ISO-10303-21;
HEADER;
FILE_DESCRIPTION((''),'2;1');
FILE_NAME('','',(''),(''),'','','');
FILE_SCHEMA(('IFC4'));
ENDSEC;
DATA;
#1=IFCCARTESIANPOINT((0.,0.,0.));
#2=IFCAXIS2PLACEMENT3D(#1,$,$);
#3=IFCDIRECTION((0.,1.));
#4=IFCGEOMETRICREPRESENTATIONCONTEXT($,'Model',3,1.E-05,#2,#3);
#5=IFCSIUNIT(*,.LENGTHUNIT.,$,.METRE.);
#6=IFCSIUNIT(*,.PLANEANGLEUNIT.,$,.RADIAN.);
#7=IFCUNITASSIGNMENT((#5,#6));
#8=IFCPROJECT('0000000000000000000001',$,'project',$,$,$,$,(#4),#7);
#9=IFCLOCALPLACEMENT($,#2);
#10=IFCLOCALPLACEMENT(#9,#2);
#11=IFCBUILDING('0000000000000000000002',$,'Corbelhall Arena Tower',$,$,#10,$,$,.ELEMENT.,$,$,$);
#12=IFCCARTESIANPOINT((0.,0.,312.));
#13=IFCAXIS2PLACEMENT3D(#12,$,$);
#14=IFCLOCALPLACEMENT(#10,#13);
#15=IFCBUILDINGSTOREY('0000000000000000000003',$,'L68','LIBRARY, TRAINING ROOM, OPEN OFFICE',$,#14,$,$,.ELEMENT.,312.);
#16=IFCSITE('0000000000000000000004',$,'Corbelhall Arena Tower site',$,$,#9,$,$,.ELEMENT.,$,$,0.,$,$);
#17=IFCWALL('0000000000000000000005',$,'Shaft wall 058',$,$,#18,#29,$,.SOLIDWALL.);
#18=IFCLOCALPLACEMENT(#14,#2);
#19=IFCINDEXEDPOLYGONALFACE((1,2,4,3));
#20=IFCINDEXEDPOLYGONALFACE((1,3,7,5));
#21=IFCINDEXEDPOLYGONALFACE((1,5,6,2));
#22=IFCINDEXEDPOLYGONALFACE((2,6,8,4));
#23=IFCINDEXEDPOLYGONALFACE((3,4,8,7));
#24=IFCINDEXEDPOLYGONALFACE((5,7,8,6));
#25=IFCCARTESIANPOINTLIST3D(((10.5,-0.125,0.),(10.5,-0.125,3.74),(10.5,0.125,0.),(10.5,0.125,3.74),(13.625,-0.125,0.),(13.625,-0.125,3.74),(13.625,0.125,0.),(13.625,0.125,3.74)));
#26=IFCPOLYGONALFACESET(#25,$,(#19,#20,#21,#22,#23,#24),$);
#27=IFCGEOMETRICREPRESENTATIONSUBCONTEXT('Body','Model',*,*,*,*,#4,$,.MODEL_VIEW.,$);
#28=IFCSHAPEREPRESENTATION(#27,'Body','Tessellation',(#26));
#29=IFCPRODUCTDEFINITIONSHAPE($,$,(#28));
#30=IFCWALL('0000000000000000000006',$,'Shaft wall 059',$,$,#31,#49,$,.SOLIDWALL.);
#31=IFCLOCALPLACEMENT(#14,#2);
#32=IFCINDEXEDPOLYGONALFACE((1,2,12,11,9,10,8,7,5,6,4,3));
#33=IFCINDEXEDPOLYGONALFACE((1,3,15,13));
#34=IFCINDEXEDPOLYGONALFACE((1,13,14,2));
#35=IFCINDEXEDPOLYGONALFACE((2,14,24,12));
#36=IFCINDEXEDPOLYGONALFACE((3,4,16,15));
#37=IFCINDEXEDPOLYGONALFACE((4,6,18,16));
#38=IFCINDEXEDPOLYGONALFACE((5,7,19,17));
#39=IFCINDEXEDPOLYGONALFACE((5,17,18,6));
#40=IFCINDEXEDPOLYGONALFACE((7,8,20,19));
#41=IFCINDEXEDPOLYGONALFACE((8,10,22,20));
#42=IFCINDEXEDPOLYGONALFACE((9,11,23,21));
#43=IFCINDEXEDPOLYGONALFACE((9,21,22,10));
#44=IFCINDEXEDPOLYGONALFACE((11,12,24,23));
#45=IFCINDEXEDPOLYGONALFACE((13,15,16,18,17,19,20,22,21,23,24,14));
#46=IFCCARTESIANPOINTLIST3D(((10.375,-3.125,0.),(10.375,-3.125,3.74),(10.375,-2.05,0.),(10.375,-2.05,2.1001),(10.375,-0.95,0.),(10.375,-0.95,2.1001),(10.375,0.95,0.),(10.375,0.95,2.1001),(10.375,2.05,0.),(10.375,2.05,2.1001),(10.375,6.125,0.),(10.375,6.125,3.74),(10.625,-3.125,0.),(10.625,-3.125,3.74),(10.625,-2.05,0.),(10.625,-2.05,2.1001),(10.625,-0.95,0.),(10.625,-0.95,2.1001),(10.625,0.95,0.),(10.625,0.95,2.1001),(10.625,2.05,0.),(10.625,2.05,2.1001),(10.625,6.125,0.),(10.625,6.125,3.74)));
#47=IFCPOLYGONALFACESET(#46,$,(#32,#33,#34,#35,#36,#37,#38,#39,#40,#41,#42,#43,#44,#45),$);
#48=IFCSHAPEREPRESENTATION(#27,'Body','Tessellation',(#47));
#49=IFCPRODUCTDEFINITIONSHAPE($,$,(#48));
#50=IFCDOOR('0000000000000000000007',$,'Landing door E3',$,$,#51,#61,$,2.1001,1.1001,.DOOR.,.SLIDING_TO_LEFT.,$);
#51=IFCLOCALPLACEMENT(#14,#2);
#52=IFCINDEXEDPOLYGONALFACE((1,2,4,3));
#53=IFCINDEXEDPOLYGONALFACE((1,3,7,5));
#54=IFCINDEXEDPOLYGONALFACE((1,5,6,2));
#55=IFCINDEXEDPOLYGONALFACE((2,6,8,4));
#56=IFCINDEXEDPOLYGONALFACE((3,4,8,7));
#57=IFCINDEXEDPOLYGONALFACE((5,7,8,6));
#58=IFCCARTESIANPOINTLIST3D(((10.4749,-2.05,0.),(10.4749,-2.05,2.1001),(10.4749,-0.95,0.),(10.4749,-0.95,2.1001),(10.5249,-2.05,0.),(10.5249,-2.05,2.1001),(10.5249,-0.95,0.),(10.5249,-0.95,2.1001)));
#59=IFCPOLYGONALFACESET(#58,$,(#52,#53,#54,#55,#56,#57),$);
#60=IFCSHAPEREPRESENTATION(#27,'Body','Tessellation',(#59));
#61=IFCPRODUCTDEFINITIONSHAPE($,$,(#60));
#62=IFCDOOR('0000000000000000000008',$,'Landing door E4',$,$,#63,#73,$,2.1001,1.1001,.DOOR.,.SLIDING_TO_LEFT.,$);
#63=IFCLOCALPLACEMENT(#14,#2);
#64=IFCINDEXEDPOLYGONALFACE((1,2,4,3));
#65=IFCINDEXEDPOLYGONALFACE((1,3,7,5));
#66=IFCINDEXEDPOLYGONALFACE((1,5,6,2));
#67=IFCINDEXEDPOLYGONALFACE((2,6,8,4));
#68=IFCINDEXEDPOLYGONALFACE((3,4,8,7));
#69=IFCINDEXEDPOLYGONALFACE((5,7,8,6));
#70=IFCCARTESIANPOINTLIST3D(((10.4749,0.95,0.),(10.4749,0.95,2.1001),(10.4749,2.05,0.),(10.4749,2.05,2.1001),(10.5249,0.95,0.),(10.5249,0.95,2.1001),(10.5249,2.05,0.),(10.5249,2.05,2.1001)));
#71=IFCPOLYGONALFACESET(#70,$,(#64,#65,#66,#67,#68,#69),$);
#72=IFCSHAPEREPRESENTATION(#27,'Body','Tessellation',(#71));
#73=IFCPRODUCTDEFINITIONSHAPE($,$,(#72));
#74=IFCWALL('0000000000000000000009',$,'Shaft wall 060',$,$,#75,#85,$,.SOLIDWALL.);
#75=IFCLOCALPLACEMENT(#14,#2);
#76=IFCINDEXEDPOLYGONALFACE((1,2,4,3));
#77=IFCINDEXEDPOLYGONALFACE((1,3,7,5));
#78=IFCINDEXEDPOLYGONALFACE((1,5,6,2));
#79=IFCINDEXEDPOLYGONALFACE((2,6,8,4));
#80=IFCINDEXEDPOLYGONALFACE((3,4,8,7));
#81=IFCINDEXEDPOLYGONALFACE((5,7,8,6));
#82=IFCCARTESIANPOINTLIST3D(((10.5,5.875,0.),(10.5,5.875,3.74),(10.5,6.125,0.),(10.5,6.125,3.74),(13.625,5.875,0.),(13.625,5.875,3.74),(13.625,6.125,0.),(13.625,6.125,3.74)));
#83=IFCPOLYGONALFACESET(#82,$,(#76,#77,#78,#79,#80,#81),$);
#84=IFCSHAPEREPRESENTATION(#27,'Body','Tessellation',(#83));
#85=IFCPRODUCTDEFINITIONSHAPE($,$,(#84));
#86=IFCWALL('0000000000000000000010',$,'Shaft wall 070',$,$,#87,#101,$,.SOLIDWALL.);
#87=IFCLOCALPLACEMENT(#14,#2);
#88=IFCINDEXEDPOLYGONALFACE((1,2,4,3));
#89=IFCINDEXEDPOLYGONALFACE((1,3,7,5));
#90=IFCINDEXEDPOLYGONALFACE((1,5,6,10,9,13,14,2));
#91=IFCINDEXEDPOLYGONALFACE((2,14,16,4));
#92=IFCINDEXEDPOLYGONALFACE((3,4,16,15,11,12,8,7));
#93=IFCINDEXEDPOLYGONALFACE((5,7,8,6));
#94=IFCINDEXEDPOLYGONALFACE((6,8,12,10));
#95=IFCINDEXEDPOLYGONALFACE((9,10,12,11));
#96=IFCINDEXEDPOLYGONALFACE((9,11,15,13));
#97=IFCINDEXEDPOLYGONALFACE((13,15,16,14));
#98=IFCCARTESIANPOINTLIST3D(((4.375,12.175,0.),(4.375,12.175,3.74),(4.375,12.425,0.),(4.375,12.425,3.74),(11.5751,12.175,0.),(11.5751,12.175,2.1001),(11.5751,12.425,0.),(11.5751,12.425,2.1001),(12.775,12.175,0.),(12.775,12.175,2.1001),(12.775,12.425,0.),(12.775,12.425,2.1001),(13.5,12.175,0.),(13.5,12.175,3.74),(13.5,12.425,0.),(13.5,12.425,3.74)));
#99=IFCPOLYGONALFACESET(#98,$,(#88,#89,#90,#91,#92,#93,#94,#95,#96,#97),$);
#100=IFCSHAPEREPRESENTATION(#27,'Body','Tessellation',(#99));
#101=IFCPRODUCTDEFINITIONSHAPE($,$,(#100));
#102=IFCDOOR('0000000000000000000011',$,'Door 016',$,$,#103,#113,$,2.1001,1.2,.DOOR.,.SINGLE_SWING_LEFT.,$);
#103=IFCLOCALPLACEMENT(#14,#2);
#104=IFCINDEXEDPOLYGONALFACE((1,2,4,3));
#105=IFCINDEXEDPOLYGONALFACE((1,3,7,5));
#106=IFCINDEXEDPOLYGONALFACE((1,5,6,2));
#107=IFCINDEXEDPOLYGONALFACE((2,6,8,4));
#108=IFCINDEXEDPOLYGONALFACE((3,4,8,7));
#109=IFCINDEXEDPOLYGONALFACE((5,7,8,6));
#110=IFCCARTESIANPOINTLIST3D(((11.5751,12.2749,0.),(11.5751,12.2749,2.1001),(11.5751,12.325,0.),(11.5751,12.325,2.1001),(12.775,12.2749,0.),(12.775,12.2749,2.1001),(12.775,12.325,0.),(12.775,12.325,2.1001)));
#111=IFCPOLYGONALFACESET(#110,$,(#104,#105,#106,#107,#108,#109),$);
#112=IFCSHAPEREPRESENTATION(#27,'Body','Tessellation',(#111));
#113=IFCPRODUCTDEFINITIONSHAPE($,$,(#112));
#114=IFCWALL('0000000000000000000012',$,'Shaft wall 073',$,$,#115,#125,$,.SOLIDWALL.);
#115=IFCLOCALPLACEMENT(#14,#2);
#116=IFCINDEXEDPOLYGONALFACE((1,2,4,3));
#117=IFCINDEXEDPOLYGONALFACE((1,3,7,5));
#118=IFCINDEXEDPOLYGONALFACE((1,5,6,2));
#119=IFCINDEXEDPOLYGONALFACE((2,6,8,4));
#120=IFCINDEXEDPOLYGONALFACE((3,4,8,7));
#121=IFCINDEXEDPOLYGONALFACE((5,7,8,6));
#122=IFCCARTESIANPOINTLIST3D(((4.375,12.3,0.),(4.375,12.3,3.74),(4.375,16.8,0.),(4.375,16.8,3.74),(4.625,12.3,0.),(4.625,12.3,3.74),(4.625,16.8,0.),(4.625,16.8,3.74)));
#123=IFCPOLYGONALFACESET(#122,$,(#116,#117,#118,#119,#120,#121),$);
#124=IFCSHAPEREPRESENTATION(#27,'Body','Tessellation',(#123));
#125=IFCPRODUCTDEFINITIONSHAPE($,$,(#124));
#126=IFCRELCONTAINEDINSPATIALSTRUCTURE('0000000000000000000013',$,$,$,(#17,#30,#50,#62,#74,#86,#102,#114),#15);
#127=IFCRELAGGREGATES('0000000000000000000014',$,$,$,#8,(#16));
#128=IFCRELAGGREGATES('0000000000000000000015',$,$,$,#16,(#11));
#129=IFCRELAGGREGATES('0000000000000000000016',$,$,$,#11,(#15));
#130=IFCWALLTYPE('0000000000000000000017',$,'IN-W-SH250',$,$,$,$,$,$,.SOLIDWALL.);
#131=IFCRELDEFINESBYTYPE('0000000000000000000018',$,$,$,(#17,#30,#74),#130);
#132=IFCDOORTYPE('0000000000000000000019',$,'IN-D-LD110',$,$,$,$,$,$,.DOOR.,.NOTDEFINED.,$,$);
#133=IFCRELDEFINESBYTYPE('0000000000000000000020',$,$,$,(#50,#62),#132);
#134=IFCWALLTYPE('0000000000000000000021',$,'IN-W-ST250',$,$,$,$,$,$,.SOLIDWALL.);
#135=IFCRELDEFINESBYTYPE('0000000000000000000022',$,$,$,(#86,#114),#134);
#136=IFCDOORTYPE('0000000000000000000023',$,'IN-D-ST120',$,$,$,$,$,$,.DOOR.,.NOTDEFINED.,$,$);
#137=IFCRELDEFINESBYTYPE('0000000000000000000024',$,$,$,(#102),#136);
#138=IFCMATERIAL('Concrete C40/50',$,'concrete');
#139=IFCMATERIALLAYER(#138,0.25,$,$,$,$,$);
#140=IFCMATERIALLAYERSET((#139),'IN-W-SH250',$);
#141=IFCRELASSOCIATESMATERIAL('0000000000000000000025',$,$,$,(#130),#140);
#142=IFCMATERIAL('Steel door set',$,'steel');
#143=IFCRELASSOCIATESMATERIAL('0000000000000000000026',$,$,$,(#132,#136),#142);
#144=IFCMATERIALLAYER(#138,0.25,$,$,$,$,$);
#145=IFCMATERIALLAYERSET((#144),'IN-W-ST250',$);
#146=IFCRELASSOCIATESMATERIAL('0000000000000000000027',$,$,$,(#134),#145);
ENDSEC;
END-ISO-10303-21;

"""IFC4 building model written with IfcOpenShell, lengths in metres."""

from ifc_helpers import new_model, si_unit, direction, frame, frame_2d, origin, place, context, subcontext, project, spatial, rectangle, extrude, material, layer, layer_set, type_object, element, fill, save


model = new_model("IFC4")

# Units and contexts
model_context = context("Model", 3, precision=1e-05, world=origin(), true_north=direction((0.0, 1.0)))
body_context = subcontext(model_context, "Body", "Model", "MODEL_VIEW")
ifc_project = project(units=[si_unit("LENGTHUNIT", "METRE"), si_unit("PLANEANGLEUNIT", "RADIAN")], contexts=[model_context])

# Site, building, storey
site_placement = place(None, origin())
site = spatial("IfcSite", under=ifc_project, at=site_placement, Name="Corbelhall Arena Tower site", CompositionType="ELEMENT", RefElevation=0.0)
building_placement = place(site_placement, origin())
building = spatial("IfcBuilding", under=site, at=building_placement, Name="Corbelhall Arena Tower", CompositionType="ELEMENT")
storey_placement = place(building_placement, frame((0.0, 0.0, 312.0)))
storey = spatial("IfcBuildingStorey", under=building, at=storey_placement, Name="L68", Description="LIBRARY, TRAINING ROOM, OPEN OFFICE", CompositionType="ELEMENT", Elevation=312.0)

# Shared definitions
ifc_material_1 = material(Name="Concrete C40/50", Category="concrete")

# Shared definitions
ifc_material_2 = material(Name="Steel door set", Category="steel")

# Shared definitions
ifc_layer_1 = layer(ifc_material_1, 0.25)
ifc_layer_set_1 = layer_set([ifc_layer_1], Name="IN-W-SH250")
wall_type_1 = type_object("IfcWallType", Name="IN-W-SH250", PredefinedType="SOLIDWALL", material=ifc_layer_set_1)

# Wall
wall_1_placement = place(storey_placement, frame((10.5, 0.0, 0.0), z_axis=(0.0, 0.0, 1.0), x_axis=(1.0, 0.0, 0.0)))
element("IfcWall", 1, at=wall_1_placement, inside=storey, type_object=wall_type_1, Name="Shaft wall 058", PredefinedType="SOLIDWALL", context=body_context, shape_type="SweptSolid", body=[
    extrude(rectangle(XDim=3.125, YDim=0.25, at=frame_2d((1.5625, 0.0))), origin(), (0.0, 0.0, 1.0), 3.74),
])

# Wall, openings, doors
wall_2_placement = place(storey_placement, frame((10.5, 6.125, 0.0), z_axis=(0.0, 0.0, 1.0), x_axis=(0.0, -1.0, 0.0)))
wall_2 = element("IfcWall", 2, at=wall_2_placement, inside=storey, type_object=wall_type_1, Name="Shaft wall 059", PredefinedType="SOLIDWALL", context=body_context, shape_type="SweptSolid", body=[
    extrude(rectangle(XDim=9.25, YDim=0.25, at=frame_2d((4.625, 0.0))), origin(), (0.0, 0.0, 1.0), 3.74),
])
opening_1_placement = place(wall_2_placement, frame((7.075, 0.0, 0.0)))
opening_1 = element("IfcOpeningElement", 3, at=opening_1_placement, cuts=wall_2, PredefinedType="OPENING", context=body_context, shape_type="SweptSolid", body=[
    extrude(rectangle(XDim=1.1001, YDim=2.1001, at=frame_2d((0.55, 1.05))), frame((0.0, 0.125, 0.0), z_axis=(0.0, -1.0, 0.0), x_axis=(1.0, 0.0, 0.0)), (0.0, 0.0, 1.0), 0.25),
])
opening_2_placement = place(wall_2_placement, frame((4.075, 0.0, 0.0)))
opening_2 = element("IfcOpeningElement", 4, at=opening_2_placement, cuts=wall_2, PredefinedType="OPENING", context=body_context, shape_type="SweptSolid", body=[
    extrude(rectangle(XDim=1.1001, YDim=2.1001, at=frame_2d((0.55, 1.05))), frame((0.0, 0.125, 0.0), z_axis=(0.0, -1.0, 0.0), x_axis=(1.0, 0.0, 0.0)), (0.0, 0.0, 1.0), 0.25),
])
door_type_1 = type_object("IfcDoorType", Name="IN-D-LD110", OperationType="NOTDEFINED", PredefinedType="DOOR", material=ifc_material_2)
door_1_placement = place(opening_1_placement, origin())
door_1 = element("IfcDoor", 5, at=door_1_placement, inside=storey, type_object=door_type_1, Name="Landing door E3", OperationType="SLIDING_TO_LEFT", OverallHeight=2.1001, OverallWidth=1.1001, PredefinedType="DOOR", context=body_context, shape_type="SweptSolid", body=[
    extrude(rectangle(XDim=1.1001, YDim=2.1001, at=frame_2d((0.55, 1.05))), frame((0.0, 0.0249, 0.0), z_axis=(0.0, -1.0, 0.0), x_axis=(1.0, 0.0, 0.0)), (0.0, 0.0, 1.0), 0.05),
])
fill(opening_1, door_1)
door_2_placement = place(opening_2_placement, origin())
door_2 = element("IfcDoor", 6, at=door_2_placement, inside=storey, type_object=door_type_1, Name="Landing door E4", OperationType="SLIDING_TO_LEFT", OverallHeight=2.1001, OverallWidth=1.1001, PredefinedType="DOOR", context=body_context, shape_type="SweptSolid", body=[
    extrude(rectangle(XDim=1.1001, YDim=2.1001, at=frame_2d((0.55, 1.05))), frame((0.0, 0.0249, 0.0), z_axis=(0.0, -1.0, 0.0), x_axis=(1.0, 0.0, 0.0)), (0.0, 0.0, 1.0), 0.05),
])
fill(opening_2, door_2)

# Wall
wall_3_placement = place(storey_placement, frame((10.5, 6.0, 0.0), z_axis=(0.0, 0.0, 1.0), x_axis=(1.0, 0.0, 0.0)))
element("IfcWall", 7, at=wall_3_placement, inside=storey, type_object=wall_type_1, Name="Shaft wall 060", PredefinedType="SOLIDWALL", context=body_context, shape_type="SweptSolid", body=[
    extrude(rectangle(XDim=3.125, YDim=0.25, at=frame_2d((1.5625, 0.0))), origin(), (0.0, 0.0, 1.0), 3.74),
])

# Wall, opening, door
ifc_layer_2 = layer(ifc_material_1, 0.25)
ifc_layer_set_2 = layer_set([ifc_layer_2], Name="IN-W-ST250")
wall_type_2 = type_object("IfcWallType", Name="IN-W-ST250", PredefinedType="SOLIDWALL", material=ifc_layer_set_2)
wall_4_placement = place(storey_placement, frame((4.375, 12.3, 0.0), z_axis=(0.0, 0.0, 1.0), x_axis=(1.0, 0.0, 0.0)))
wall_4 = element("IfcWall", 8, at=wall_4_placement, inside=storey, type_object=wall_type_2, Name="Shaft wall 070", PredefinedType="SOLIDWALL", context=body_context, shape_type="SweptSolid", body=[
    extrude(rectangle(XDim=9.125, YDim=0.25, at=frame_2d((4.5625, 0.0))), origin(), (0.0, 0.0, 1.0), 3.74),
])
opening_3_placement = place(wall_4_placement, frame((7.2, 0.0, 0.0)))
opening_3 = element("IfcOpeningElement", 9, at=opening_3_placement, cuts=wall_4, PredefinedType="OPENING", context=body_context, shape_type="SweptSolid", body=[
    extrude(rectangle(XDim=1.2, YDim=2.1001, at=frame_2d((0.6001, 1.05))), frame((0.0, 0.125, 0.0), z_axis=(0.0, -1.0, 0.0), x_axis=(1.0, 0.0, 0.0)), (0.0, 0.0, 1.0), 0.25),
])
door_type_2 = type_object("IfcDoorType", Name="IN-D-ST120", OperationType="NOTDEFINED", PredefinedType="DOOR", material=ifc_material_2)
door_3_placement = place(opening_3_placement, origin())
door_3 = element("IfcDoor", 10, at=door_3_placement, inside=storey, type_object=door_type_2, Name="Door 016", OperationType="SINGLE_SWING_LEFT", OverallHeight=2.1001, OverallWidth=1.2, PredefinedType="DOOR", context=body_context, shape_type="SweptSolid", body=[
    extrude(rectangle(XDim=1.2, YDim=2.1001, at=frame_2d((0.6001, 1.05))), frame((0.0, 0.0249, 0.0), z_axis=(0.0, -1.0, 0.0), x_axis=(1.0, 0.0, 0.0)), (0.0, 0.0, 1.0), 0.05),
])
fill(opening_3, door_3)

# Wall
wall_5_placement = place(storey_placement, frame((4.5, 12.3, 0.0), z_axis=(0.0, 0.0, 1.0), x_axis=(0.0, 1.0, 0.0)))
element("IfcWall", 11, at=wall_5_placement, inside=storey, type_object=wall_type_2, Name="Shaft wall 073", PredefinedType="SOLIDWALL", context=body_context, shape_type="SweptSolid", body=[
    extrude(rectangle(XDim=4.5, YDim=0.25, at=frame_2d((2.25, 0.0))), origin(), (0.0, 0.0, 1.0), 3.74),
])

save(model, "model.ifc")
